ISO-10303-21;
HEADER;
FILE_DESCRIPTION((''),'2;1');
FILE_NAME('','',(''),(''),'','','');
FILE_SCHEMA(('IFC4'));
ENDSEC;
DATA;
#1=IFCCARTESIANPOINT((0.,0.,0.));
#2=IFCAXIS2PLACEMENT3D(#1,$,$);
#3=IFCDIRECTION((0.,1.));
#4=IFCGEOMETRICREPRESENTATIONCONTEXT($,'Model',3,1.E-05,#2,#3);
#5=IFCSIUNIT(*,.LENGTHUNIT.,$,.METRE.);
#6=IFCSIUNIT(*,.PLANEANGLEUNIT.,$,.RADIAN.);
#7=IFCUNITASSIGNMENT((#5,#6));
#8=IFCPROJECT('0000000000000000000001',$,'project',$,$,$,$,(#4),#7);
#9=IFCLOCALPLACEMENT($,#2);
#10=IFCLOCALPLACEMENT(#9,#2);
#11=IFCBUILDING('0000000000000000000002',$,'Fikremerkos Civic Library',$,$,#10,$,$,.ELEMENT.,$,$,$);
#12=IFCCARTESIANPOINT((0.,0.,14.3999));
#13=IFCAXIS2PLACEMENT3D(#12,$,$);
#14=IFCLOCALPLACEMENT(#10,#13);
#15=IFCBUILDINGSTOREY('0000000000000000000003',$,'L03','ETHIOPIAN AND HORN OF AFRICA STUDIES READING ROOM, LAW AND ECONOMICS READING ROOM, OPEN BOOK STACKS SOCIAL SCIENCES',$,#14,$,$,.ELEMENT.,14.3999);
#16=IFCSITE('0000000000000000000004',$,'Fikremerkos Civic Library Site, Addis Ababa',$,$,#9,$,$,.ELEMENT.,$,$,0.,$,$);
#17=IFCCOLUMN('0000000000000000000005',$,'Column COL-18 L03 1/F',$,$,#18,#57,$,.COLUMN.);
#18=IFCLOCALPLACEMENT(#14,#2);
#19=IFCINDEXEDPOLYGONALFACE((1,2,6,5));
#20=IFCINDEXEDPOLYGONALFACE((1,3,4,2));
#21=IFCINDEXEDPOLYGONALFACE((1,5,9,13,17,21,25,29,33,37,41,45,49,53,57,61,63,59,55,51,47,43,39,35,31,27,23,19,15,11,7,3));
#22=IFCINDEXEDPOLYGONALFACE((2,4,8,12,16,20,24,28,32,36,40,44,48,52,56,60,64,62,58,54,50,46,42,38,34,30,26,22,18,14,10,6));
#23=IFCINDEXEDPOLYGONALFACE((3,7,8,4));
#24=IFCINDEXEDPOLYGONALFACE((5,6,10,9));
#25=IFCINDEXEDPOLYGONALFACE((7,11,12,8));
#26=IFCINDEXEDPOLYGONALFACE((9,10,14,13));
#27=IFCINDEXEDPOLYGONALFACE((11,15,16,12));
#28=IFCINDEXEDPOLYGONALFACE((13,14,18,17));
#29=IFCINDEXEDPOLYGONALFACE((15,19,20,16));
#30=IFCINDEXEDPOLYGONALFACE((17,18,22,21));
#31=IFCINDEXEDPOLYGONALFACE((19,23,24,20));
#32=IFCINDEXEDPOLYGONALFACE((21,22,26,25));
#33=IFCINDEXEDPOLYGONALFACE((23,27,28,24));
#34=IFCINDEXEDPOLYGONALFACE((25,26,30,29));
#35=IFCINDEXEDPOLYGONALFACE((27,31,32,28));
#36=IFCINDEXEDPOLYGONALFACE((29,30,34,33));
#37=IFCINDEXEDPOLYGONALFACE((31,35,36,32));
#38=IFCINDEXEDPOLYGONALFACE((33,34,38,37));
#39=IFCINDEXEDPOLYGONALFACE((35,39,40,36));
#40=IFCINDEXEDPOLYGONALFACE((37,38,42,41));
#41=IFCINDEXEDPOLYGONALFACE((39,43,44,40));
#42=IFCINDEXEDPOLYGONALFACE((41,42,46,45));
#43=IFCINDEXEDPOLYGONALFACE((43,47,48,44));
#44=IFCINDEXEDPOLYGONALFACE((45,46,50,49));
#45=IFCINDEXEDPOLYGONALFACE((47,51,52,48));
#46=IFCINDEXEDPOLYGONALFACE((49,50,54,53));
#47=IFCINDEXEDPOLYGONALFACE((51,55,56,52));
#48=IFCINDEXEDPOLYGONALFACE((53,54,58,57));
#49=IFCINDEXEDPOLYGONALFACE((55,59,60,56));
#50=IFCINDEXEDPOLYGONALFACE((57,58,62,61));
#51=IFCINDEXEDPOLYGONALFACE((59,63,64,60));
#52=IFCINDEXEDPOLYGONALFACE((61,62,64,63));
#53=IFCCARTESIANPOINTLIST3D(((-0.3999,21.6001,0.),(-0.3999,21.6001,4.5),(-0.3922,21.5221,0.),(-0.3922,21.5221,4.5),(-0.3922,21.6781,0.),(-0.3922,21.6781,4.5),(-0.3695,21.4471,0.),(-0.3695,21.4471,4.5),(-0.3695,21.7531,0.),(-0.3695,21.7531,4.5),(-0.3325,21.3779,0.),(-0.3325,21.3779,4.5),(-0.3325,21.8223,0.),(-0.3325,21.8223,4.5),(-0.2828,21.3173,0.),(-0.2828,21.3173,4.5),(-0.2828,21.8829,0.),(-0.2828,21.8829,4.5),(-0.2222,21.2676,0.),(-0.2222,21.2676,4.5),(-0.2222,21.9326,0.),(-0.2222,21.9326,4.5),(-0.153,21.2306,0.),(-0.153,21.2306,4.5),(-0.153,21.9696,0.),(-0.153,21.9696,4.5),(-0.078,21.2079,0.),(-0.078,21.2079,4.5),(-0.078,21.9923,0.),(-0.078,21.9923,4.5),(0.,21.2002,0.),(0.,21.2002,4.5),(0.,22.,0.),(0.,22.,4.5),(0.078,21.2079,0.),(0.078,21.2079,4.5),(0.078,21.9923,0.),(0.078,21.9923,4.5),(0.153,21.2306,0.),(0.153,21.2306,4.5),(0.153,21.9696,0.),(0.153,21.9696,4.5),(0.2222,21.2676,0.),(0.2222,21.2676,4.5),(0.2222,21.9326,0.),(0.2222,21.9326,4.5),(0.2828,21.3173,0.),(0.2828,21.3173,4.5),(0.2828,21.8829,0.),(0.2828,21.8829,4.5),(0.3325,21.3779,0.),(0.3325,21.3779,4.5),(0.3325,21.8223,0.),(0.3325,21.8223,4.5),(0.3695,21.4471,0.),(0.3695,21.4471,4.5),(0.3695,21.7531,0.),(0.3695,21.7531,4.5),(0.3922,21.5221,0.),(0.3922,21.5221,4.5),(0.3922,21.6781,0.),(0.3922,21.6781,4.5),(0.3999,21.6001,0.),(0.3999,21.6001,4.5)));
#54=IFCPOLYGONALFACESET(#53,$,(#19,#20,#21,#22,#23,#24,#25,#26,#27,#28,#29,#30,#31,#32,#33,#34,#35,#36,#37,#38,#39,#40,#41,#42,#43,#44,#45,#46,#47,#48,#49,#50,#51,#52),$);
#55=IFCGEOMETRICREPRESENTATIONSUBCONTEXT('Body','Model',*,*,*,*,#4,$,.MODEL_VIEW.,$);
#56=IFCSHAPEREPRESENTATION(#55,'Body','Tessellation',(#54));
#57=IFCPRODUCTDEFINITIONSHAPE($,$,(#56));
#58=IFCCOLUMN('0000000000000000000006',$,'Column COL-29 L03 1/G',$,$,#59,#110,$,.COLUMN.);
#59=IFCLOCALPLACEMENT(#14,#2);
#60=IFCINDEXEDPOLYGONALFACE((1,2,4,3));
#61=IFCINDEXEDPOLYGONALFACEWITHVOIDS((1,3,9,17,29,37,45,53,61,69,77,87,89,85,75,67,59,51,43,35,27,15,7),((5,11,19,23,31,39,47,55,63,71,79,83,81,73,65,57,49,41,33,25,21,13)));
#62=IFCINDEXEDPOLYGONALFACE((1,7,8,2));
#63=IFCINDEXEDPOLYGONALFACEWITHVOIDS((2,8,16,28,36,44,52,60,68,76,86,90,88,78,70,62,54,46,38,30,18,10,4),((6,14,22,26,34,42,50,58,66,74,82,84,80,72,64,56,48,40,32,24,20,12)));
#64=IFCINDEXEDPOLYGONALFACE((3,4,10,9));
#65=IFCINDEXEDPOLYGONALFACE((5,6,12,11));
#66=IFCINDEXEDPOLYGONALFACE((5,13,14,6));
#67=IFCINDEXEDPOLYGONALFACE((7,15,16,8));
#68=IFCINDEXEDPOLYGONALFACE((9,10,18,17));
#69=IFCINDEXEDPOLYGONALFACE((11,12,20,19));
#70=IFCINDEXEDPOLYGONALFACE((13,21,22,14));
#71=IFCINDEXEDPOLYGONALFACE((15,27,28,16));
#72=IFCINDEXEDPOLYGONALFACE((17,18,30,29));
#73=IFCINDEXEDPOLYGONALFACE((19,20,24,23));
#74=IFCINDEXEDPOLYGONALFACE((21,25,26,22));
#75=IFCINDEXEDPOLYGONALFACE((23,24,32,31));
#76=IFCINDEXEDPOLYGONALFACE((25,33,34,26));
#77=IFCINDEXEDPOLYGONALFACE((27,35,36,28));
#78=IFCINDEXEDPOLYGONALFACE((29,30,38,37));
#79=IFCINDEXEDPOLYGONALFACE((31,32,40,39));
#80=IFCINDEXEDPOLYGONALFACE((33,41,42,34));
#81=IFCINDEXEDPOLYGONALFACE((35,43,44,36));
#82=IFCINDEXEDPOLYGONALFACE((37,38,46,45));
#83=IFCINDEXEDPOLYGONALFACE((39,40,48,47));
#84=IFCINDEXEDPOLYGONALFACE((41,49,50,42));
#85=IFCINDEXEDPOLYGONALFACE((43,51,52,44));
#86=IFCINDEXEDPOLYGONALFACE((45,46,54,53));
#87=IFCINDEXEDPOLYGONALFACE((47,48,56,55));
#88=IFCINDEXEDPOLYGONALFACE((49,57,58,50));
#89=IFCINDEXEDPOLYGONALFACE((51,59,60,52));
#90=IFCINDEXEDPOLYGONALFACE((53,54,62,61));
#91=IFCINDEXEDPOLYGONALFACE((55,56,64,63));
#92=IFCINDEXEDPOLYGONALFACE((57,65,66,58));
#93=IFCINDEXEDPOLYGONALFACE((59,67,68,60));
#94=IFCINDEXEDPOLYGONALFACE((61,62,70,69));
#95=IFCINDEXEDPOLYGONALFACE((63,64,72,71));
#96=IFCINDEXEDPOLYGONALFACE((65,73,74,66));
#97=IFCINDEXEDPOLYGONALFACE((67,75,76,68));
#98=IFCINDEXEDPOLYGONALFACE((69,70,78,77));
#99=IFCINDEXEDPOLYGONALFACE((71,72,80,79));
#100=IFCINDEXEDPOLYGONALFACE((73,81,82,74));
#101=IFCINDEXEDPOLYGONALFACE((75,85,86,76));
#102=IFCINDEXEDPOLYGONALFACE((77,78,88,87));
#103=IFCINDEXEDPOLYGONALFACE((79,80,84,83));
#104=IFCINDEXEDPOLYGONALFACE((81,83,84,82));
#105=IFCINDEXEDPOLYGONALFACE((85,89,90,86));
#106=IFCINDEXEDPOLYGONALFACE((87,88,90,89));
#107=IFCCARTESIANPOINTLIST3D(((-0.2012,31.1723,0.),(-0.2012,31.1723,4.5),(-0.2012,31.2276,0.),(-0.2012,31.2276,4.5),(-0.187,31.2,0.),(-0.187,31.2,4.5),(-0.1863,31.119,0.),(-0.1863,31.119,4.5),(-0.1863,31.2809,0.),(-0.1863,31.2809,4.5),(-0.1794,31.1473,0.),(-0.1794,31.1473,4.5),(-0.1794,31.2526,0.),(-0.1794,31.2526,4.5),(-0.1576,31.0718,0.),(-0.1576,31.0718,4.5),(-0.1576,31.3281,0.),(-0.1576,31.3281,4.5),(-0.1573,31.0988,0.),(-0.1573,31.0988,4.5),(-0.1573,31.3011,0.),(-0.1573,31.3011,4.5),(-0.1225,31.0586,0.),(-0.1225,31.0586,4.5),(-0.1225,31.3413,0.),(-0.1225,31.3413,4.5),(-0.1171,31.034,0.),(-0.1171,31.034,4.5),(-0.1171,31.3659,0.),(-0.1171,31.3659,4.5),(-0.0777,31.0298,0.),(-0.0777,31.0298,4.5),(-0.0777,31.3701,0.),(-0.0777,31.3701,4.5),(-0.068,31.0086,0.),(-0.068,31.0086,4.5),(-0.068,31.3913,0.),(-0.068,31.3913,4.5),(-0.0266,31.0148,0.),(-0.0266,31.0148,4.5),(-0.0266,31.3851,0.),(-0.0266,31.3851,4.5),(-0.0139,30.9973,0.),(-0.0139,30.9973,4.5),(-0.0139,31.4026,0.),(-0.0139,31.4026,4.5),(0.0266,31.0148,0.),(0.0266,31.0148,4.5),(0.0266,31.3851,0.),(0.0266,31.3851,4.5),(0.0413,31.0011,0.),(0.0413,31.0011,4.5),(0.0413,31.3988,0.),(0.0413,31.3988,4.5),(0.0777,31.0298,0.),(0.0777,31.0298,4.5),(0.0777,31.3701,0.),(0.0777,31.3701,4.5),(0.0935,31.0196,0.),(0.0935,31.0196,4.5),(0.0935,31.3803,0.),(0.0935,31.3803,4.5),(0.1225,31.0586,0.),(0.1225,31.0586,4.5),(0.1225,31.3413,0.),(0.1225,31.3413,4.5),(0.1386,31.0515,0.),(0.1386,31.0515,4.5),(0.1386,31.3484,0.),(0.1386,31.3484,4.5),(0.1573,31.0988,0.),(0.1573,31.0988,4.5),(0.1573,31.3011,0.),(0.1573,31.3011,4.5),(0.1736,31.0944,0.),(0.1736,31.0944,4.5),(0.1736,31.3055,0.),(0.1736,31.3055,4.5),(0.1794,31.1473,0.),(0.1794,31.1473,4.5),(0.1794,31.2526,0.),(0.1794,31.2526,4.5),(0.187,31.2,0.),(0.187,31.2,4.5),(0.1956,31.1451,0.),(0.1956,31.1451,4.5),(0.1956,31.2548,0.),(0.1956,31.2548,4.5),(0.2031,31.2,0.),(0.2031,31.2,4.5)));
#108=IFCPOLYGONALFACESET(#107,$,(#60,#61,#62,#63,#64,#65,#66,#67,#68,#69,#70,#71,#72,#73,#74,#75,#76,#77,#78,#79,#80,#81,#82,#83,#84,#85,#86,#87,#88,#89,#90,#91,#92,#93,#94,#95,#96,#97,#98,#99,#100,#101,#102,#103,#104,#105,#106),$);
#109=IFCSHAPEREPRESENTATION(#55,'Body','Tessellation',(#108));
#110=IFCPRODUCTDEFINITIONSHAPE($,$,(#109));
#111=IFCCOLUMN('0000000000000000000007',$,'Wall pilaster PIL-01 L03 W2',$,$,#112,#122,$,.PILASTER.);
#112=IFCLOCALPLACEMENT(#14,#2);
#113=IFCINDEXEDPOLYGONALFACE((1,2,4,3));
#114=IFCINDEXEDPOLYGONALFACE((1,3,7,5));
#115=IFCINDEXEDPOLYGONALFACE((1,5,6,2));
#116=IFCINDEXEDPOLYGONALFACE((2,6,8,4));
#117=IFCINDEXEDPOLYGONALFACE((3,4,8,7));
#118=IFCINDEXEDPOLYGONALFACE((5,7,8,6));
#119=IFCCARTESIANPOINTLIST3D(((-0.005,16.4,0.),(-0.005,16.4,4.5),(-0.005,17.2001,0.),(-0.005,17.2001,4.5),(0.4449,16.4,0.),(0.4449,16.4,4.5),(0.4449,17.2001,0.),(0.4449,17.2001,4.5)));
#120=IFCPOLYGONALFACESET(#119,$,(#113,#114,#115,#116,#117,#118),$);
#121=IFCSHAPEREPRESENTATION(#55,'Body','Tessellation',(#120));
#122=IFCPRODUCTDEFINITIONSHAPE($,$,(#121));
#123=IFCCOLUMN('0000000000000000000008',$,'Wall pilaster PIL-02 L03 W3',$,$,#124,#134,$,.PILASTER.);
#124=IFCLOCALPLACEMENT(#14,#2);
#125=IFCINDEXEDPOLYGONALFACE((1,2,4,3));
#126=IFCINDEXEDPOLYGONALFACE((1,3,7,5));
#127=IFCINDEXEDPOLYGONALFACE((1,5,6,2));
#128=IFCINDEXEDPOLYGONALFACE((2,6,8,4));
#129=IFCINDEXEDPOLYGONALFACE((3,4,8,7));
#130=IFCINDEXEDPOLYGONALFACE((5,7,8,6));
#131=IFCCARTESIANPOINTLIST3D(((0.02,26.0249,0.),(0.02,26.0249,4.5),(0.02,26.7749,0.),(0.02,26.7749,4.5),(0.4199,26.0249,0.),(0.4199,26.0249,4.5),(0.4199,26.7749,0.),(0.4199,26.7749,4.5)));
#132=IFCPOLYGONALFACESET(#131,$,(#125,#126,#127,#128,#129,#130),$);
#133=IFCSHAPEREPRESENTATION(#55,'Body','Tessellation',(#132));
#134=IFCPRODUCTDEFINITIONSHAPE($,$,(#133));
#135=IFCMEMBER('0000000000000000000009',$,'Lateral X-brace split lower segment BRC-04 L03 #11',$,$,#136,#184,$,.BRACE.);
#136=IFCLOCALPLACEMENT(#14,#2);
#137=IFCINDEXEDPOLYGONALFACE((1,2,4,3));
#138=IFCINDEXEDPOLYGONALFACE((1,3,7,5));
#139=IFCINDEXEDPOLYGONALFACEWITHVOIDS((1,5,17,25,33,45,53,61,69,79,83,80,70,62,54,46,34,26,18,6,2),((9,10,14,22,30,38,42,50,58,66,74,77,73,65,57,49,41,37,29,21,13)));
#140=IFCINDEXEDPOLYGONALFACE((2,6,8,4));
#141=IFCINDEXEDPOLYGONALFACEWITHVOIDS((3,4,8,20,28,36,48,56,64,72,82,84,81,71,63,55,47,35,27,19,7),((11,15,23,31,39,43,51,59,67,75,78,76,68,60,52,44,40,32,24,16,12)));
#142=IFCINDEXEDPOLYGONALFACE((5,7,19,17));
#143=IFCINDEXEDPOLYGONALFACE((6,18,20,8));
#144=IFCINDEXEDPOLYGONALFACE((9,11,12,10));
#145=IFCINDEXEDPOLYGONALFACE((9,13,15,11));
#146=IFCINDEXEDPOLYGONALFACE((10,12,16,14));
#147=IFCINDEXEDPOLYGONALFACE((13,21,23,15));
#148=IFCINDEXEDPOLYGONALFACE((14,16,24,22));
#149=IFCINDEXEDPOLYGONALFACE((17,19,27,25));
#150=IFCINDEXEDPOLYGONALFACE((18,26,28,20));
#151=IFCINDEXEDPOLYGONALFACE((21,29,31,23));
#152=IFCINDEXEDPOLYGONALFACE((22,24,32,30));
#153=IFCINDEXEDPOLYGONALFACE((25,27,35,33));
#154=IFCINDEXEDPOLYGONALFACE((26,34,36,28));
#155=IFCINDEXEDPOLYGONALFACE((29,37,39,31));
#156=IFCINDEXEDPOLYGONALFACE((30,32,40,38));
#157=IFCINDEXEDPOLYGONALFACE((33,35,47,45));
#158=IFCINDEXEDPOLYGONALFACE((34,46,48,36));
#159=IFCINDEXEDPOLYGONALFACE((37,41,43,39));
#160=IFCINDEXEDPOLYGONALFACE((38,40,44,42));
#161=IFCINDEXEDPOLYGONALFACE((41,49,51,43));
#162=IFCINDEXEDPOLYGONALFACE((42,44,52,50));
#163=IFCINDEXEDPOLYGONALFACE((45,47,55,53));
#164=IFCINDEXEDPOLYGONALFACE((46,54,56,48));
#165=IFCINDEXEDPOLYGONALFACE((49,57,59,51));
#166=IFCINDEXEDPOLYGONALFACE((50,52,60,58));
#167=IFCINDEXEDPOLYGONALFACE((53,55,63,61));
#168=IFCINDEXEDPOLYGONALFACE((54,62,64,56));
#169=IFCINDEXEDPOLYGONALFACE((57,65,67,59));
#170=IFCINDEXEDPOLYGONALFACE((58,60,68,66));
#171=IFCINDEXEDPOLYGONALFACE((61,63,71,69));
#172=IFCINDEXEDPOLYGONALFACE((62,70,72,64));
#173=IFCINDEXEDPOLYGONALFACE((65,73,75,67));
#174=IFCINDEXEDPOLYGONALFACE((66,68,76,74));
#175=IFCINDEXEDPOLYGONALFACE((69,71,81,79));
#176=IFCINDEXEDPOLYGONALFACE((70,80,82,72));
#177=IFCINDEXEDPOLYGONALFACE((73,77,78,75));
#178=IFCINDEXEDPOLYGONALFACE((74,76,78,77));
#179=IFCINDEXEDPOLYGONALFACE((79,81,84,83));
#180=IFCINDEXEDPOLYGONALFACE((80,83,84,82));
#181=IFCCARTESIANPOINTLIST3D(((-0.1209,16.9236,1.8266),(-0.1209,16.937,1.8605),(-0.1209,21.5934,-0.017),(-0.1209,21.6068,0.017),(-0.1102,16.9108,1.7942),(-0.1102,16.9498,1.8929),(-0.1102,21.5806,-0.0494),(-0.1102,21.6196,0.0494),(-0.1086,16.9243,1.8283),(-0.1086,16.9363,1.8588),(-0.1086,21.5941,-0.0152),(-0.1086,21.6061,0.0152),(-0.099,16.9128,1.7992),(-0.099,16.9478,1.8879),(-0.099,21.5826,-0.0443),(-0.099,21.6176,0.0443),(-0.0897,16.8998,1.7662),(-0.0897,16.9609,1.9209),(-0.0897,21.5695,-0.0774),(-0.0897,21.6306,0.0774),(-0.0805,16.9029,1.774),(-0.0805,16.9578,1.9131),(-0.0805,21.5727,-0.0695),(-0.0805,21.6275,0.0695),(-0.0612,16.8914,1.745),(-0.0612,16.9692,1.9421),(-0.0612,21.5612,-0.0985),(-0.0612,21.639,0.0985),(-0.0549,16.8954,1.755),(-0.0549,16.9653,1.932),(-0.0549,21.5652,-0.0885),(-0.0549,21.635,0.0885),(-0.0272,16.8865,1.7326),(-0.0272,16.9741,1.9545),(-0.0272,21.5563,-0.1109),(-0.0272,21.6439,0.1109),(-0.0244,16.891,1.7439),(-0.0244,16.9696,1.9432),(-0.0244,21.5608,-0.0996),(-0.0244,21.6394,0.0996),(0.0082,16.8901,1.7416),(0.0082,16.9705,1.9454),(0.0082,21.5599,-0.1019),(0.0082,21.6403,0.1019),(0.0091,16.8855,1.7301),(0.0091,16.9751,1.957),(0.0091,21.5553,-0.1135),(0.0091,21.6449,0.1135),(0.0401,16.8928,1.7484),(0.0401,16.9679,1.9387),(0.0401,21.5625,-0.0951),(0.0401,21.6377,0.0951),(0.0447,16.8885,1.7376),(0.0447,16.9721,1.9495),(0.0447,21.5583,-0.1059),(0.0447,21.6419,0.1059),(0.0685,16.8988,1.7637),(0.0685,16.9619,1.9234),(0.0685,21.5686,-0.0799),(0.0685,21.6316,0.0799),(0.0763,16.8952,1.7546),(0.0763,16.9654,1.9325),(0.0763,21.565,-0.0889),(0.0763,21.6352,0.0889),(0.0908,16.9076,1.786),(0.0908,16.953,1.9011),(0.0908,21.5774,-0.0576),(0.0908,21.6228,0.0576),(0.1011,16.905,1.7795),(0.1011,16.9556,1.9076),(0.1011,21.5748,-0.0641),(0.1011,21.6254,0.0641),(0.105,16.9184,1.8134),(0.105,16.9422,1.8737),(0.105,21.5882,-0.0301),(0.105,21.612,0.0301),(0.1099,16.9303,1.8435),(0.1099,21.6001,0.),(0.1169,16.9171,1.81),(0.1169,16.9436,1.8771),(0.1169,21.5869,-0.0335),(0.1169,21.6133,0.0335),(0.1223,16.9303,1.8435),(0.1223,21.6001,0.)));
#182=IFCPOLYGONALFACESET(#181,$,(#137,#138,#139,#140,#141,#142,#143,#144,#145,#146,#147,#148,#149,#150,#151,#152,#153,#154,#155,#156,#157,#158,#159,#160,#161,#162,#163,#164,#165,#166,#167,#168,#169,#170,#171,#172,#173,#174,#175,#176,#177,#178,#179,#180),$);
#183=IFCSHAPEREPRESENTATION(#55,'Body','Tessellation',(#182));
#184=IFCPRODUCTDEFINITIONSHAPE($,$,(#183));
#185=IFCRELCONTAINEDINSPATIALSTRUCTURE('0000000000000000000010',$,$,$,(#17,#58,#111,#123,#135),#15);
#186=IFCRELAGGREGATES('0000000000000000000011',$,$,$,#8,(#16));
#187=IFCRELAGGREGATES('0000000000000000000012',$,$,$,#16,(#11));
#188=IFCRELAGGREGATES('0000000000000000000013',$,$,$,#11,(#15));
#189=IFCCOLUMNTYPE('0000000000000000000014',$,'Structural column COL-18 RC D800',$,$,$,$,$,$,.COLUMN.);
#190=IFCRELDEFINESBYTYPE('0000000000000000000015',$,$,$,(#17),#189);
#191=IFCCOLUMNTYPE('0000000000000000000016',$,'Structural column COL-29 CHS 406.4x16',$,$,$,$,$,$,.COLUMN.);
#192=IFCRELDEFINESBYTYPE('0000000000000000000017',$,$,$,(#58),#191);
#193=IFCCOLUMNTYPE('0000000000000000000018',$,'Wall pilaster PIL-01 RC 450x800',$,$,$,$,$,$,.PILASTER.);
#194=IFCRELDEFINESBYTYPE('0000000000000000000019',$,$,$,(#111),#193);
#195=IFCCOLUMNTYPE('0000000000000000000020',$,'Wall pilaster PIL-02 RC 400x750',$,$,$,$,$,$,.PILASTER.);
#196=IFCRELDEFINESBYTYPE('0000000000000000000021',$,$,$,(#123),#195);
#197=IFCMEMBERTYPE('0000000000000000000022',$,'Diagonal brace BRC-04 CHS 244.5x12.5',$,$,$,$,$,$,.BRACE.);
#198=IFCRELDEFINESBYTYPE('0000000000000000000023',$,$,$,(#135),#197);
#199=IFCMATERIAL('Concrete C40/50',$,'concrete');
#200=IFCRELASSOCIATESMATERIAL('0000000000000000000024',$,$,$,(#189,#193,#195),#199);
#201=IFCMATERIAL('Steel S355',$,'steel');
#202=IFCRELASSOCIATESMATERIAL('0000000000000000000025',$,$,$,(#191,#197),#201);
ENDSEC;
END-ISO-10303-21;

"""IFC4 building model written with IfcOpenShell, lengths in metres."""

from ifc_helpers import new_model, si_unit, direction, frame, origin, origin_2d, place, context, subcontext, project, spatial, rectangle, circle, hollow_circle, extrude, material, material_profile, profile_set, type_object, element, save


model = new_model("IFC4")

# Units and contexts
model_context = context("Model", 3, precision=1e-05, world=origin(), true_north=direction((0.0, 1.0)))
body_context = subcontext(model_context, "Body", "Model", "MODEL_VIEW")
ifc_project = project(units=[si_unit("LENGTHUNIT", "METRE"), si_unit("PLANEANGLEUNIT", "RADIAN")], contexts=[model_context])

# Site, building, storey
site_placement = place(None, origin())
site = spatial("IfcSite", under=ifc_project, at=site_placement, Name="Fikremerkos Civic Library Site, Addis Ababa", CompositionType="ELEMENT", RefElevation=0.0)
building_placement = place(site_placement, origin())
building = spatial("IfcBuilding", under=site, at=building_placement, Name="Fikremerkos Civic Library", CompositionType="ELEMENT")
storey_placement = place(building_placement, frame((0.0, 0.0, 14.3999)))
storey = spatial("IfcBuildingStorey", under=building, at=storey_placement, Name="L03", Description="ETHIOPIAN AND HORN OF AFRICA STUDIES READING ROOM, LAW AND ECONOMICS READING ROOM, OPEN BOOK STACKS SOCIAL SCIENCES", CompositionType="ELEMENT", Elevation=14.3999)

# Columns
ifc_material_1 = material(Name="Concrete C40/50", Category="concrete")
ifc_material_profile_1 = material_profile(ifc_material_1, circle(Radius=0.3999, at=origin_2d()), Name="RC D800")
ifc_profile_set_1 = profile_set([ifc_material_profile_1], Name="Concrete C40/50")
column_type_1 = type_object("IfcColumnType", Name="Structural column COL-18 RC D800", PredefinedType="COLUMN", material=ifc_profile_set_1)
column_1_placement = place(storey_placement, frame((0.0, 21.6001, 0.0), z_axis=(0.0, 0.0, 1.0), x_axis=(1.0, 0.0, 0.0)))
element("IfcColumn", 1, at=column_1_placement, inside=storey, type_object=column_type_1, Name="Column COL-18 L03 1/F", PredefinedType="COLUMN", context=body_context, shape_type="SweptSolid", body=[
    extrude(circle(Radius=0.3999, at=origin_2d()), origin(), (0.0, 0.0, 1.0), 4.5),
])
ifc_material_2 = material(Name="Steel S355", Category="steel")
ifc_material_profile_2 = material_profile(ifc_material_2, hollow_circle(Radius=0.2031, WallThickness=0.0161, at=origin_2d()), Name="CHS 406.4x16")
ifc_profile_set_2 = profile_set([ifc_material_profile_2], Name="Steel S355")
column_type_2 = type_object("IfcColumnType", Name="Structural column COL-29 CHS 406.4x16", PredefinedType="COLUMN", material=ifc_profile_set_2)
column_2_placement = place(storey_placement, frame((0.0, 31.2, 0.0), z_axis=(0.0, 0.0, 1.0), x_axis=(1.0, 0.0, 0.0)))
element("IfcColumn", 2, at=column_2_placement, inside=storey, type_object=column_type_2, Name="Column COL-29 L03 1/G", PredefinedType="COLUMN", context=body_context, shape_type="SweptSolid", body=[
    extrude(hollow_circle(Radius=0.2031, WallThickness=0.0161, at=origin_2d()), origin(), (0.0, 0.0, 1.0), 4.5),
])
ifc_material_profile_3 = material_profile(ifc_material_1, rectangle(XDim=0.45, YDim=0.8, at=origin_2d()), Name="RC 450x800")
ifc_profile_set_3 = profile_set([ifc_material_profile_3], Name="Concrete C40/50")
column_type_3 = type_object("IfcColumnType", Name="Wall pilaster PIL-01 RC 450x800", PredefinedType="PILASTER", material=ifc_profile_set_3)
column_3_placement = place(storey_placement, frame((0.22, 16.8, 0.0), z_axis=(0.0, 0.0, 1.0), x_axis=(1.0, 0.0, 0.0)))
element("IfcColumn", 3, at=column_3_placement, inside=storey, type_object=column_type_3, Name="Wall pilaster PIL-01 L03 W2", PredefinedType="PILASTER", context=body_context, shape_type="SweptSolid", body=[
    extrude(rectangle(XDim=0.45, YDim=0.8, at=origin_2d()), origin(), (0.0, 0.0, 1.0), 4.5),
])
ifc_material_profile_4 = material_profile(ifc_material_1, rectangle(XDim=0.3999, YDim=0.75, at=origin_2d()), Name="RC 400x750")
ifc_profile_set_4 = profile_set([ifc_material_profile_4], Name="Concrete C40/50")
column_type_4 = type_object("IfcColumnType", Name="Wall pilaster PIL-02 RC 400x750", PredefinedType="PILASTER", material=ifc_profile_set_4)
column_4_placement = place(storey_placement, frame((0.22, 26.3999, 0.0), z_axis=(0.0, 0.0, 1.0), x_axis=(1.0, 0.0, 0.0)))
element("IfcColumn", 4, at=column_4_placement, inside=storey, type_object=column_type_4, Name="Wall pilaster PIL-02 L03 W3", PredefinedType="PILASTER", context=body_context, shape_type="SweptSolid", body=[
    extrude(rectangle(XDim=0.3999, YDim=0.75, at=origin_2d()), origin(), (0.0, 0.0, 1.0), 4.5),
])

# Member
ifc_material_profile_5 = material_profile(ifc_material_2, hollow_circle(Radius=0.1223, WallThickness=0.0125, at=origin_2d()), Name="CHS 244.5x12.5")
ifc_profile_set_5 = profile_set([ifc_material_profile_5], Name="Steel S355")
member_type_1 = type_object("IfcMemberType", Name="Diagonal brace BRC-04 CHS 244.5x12.5", PredefinedType="BRACE", material=ifc_profile_set_5)
member_1_placement = place(storey_placement, frame((0.0, 21.6001, 0.0), z_axis=(0.0, -0.930141, 0.367203), x_axis=(1.0, 0.0, 0.0)))
element("IfcMember", 5, at=member_1_placement, inside=storey, type_object=member_type_1, Name="Lateral X-brace split lower segment BRC-04 L03 #11", PredefinedType="BRACE", context=body_context, shape_type="SweptSolid", body=[
    extrude(hollow_circle(Radius=0.1223, WallThickness=0.0125, at=origin_2d()), origin(), (0.0, 0.0, 1.0), 5.0205),
])

save(model, "model.ifc")
